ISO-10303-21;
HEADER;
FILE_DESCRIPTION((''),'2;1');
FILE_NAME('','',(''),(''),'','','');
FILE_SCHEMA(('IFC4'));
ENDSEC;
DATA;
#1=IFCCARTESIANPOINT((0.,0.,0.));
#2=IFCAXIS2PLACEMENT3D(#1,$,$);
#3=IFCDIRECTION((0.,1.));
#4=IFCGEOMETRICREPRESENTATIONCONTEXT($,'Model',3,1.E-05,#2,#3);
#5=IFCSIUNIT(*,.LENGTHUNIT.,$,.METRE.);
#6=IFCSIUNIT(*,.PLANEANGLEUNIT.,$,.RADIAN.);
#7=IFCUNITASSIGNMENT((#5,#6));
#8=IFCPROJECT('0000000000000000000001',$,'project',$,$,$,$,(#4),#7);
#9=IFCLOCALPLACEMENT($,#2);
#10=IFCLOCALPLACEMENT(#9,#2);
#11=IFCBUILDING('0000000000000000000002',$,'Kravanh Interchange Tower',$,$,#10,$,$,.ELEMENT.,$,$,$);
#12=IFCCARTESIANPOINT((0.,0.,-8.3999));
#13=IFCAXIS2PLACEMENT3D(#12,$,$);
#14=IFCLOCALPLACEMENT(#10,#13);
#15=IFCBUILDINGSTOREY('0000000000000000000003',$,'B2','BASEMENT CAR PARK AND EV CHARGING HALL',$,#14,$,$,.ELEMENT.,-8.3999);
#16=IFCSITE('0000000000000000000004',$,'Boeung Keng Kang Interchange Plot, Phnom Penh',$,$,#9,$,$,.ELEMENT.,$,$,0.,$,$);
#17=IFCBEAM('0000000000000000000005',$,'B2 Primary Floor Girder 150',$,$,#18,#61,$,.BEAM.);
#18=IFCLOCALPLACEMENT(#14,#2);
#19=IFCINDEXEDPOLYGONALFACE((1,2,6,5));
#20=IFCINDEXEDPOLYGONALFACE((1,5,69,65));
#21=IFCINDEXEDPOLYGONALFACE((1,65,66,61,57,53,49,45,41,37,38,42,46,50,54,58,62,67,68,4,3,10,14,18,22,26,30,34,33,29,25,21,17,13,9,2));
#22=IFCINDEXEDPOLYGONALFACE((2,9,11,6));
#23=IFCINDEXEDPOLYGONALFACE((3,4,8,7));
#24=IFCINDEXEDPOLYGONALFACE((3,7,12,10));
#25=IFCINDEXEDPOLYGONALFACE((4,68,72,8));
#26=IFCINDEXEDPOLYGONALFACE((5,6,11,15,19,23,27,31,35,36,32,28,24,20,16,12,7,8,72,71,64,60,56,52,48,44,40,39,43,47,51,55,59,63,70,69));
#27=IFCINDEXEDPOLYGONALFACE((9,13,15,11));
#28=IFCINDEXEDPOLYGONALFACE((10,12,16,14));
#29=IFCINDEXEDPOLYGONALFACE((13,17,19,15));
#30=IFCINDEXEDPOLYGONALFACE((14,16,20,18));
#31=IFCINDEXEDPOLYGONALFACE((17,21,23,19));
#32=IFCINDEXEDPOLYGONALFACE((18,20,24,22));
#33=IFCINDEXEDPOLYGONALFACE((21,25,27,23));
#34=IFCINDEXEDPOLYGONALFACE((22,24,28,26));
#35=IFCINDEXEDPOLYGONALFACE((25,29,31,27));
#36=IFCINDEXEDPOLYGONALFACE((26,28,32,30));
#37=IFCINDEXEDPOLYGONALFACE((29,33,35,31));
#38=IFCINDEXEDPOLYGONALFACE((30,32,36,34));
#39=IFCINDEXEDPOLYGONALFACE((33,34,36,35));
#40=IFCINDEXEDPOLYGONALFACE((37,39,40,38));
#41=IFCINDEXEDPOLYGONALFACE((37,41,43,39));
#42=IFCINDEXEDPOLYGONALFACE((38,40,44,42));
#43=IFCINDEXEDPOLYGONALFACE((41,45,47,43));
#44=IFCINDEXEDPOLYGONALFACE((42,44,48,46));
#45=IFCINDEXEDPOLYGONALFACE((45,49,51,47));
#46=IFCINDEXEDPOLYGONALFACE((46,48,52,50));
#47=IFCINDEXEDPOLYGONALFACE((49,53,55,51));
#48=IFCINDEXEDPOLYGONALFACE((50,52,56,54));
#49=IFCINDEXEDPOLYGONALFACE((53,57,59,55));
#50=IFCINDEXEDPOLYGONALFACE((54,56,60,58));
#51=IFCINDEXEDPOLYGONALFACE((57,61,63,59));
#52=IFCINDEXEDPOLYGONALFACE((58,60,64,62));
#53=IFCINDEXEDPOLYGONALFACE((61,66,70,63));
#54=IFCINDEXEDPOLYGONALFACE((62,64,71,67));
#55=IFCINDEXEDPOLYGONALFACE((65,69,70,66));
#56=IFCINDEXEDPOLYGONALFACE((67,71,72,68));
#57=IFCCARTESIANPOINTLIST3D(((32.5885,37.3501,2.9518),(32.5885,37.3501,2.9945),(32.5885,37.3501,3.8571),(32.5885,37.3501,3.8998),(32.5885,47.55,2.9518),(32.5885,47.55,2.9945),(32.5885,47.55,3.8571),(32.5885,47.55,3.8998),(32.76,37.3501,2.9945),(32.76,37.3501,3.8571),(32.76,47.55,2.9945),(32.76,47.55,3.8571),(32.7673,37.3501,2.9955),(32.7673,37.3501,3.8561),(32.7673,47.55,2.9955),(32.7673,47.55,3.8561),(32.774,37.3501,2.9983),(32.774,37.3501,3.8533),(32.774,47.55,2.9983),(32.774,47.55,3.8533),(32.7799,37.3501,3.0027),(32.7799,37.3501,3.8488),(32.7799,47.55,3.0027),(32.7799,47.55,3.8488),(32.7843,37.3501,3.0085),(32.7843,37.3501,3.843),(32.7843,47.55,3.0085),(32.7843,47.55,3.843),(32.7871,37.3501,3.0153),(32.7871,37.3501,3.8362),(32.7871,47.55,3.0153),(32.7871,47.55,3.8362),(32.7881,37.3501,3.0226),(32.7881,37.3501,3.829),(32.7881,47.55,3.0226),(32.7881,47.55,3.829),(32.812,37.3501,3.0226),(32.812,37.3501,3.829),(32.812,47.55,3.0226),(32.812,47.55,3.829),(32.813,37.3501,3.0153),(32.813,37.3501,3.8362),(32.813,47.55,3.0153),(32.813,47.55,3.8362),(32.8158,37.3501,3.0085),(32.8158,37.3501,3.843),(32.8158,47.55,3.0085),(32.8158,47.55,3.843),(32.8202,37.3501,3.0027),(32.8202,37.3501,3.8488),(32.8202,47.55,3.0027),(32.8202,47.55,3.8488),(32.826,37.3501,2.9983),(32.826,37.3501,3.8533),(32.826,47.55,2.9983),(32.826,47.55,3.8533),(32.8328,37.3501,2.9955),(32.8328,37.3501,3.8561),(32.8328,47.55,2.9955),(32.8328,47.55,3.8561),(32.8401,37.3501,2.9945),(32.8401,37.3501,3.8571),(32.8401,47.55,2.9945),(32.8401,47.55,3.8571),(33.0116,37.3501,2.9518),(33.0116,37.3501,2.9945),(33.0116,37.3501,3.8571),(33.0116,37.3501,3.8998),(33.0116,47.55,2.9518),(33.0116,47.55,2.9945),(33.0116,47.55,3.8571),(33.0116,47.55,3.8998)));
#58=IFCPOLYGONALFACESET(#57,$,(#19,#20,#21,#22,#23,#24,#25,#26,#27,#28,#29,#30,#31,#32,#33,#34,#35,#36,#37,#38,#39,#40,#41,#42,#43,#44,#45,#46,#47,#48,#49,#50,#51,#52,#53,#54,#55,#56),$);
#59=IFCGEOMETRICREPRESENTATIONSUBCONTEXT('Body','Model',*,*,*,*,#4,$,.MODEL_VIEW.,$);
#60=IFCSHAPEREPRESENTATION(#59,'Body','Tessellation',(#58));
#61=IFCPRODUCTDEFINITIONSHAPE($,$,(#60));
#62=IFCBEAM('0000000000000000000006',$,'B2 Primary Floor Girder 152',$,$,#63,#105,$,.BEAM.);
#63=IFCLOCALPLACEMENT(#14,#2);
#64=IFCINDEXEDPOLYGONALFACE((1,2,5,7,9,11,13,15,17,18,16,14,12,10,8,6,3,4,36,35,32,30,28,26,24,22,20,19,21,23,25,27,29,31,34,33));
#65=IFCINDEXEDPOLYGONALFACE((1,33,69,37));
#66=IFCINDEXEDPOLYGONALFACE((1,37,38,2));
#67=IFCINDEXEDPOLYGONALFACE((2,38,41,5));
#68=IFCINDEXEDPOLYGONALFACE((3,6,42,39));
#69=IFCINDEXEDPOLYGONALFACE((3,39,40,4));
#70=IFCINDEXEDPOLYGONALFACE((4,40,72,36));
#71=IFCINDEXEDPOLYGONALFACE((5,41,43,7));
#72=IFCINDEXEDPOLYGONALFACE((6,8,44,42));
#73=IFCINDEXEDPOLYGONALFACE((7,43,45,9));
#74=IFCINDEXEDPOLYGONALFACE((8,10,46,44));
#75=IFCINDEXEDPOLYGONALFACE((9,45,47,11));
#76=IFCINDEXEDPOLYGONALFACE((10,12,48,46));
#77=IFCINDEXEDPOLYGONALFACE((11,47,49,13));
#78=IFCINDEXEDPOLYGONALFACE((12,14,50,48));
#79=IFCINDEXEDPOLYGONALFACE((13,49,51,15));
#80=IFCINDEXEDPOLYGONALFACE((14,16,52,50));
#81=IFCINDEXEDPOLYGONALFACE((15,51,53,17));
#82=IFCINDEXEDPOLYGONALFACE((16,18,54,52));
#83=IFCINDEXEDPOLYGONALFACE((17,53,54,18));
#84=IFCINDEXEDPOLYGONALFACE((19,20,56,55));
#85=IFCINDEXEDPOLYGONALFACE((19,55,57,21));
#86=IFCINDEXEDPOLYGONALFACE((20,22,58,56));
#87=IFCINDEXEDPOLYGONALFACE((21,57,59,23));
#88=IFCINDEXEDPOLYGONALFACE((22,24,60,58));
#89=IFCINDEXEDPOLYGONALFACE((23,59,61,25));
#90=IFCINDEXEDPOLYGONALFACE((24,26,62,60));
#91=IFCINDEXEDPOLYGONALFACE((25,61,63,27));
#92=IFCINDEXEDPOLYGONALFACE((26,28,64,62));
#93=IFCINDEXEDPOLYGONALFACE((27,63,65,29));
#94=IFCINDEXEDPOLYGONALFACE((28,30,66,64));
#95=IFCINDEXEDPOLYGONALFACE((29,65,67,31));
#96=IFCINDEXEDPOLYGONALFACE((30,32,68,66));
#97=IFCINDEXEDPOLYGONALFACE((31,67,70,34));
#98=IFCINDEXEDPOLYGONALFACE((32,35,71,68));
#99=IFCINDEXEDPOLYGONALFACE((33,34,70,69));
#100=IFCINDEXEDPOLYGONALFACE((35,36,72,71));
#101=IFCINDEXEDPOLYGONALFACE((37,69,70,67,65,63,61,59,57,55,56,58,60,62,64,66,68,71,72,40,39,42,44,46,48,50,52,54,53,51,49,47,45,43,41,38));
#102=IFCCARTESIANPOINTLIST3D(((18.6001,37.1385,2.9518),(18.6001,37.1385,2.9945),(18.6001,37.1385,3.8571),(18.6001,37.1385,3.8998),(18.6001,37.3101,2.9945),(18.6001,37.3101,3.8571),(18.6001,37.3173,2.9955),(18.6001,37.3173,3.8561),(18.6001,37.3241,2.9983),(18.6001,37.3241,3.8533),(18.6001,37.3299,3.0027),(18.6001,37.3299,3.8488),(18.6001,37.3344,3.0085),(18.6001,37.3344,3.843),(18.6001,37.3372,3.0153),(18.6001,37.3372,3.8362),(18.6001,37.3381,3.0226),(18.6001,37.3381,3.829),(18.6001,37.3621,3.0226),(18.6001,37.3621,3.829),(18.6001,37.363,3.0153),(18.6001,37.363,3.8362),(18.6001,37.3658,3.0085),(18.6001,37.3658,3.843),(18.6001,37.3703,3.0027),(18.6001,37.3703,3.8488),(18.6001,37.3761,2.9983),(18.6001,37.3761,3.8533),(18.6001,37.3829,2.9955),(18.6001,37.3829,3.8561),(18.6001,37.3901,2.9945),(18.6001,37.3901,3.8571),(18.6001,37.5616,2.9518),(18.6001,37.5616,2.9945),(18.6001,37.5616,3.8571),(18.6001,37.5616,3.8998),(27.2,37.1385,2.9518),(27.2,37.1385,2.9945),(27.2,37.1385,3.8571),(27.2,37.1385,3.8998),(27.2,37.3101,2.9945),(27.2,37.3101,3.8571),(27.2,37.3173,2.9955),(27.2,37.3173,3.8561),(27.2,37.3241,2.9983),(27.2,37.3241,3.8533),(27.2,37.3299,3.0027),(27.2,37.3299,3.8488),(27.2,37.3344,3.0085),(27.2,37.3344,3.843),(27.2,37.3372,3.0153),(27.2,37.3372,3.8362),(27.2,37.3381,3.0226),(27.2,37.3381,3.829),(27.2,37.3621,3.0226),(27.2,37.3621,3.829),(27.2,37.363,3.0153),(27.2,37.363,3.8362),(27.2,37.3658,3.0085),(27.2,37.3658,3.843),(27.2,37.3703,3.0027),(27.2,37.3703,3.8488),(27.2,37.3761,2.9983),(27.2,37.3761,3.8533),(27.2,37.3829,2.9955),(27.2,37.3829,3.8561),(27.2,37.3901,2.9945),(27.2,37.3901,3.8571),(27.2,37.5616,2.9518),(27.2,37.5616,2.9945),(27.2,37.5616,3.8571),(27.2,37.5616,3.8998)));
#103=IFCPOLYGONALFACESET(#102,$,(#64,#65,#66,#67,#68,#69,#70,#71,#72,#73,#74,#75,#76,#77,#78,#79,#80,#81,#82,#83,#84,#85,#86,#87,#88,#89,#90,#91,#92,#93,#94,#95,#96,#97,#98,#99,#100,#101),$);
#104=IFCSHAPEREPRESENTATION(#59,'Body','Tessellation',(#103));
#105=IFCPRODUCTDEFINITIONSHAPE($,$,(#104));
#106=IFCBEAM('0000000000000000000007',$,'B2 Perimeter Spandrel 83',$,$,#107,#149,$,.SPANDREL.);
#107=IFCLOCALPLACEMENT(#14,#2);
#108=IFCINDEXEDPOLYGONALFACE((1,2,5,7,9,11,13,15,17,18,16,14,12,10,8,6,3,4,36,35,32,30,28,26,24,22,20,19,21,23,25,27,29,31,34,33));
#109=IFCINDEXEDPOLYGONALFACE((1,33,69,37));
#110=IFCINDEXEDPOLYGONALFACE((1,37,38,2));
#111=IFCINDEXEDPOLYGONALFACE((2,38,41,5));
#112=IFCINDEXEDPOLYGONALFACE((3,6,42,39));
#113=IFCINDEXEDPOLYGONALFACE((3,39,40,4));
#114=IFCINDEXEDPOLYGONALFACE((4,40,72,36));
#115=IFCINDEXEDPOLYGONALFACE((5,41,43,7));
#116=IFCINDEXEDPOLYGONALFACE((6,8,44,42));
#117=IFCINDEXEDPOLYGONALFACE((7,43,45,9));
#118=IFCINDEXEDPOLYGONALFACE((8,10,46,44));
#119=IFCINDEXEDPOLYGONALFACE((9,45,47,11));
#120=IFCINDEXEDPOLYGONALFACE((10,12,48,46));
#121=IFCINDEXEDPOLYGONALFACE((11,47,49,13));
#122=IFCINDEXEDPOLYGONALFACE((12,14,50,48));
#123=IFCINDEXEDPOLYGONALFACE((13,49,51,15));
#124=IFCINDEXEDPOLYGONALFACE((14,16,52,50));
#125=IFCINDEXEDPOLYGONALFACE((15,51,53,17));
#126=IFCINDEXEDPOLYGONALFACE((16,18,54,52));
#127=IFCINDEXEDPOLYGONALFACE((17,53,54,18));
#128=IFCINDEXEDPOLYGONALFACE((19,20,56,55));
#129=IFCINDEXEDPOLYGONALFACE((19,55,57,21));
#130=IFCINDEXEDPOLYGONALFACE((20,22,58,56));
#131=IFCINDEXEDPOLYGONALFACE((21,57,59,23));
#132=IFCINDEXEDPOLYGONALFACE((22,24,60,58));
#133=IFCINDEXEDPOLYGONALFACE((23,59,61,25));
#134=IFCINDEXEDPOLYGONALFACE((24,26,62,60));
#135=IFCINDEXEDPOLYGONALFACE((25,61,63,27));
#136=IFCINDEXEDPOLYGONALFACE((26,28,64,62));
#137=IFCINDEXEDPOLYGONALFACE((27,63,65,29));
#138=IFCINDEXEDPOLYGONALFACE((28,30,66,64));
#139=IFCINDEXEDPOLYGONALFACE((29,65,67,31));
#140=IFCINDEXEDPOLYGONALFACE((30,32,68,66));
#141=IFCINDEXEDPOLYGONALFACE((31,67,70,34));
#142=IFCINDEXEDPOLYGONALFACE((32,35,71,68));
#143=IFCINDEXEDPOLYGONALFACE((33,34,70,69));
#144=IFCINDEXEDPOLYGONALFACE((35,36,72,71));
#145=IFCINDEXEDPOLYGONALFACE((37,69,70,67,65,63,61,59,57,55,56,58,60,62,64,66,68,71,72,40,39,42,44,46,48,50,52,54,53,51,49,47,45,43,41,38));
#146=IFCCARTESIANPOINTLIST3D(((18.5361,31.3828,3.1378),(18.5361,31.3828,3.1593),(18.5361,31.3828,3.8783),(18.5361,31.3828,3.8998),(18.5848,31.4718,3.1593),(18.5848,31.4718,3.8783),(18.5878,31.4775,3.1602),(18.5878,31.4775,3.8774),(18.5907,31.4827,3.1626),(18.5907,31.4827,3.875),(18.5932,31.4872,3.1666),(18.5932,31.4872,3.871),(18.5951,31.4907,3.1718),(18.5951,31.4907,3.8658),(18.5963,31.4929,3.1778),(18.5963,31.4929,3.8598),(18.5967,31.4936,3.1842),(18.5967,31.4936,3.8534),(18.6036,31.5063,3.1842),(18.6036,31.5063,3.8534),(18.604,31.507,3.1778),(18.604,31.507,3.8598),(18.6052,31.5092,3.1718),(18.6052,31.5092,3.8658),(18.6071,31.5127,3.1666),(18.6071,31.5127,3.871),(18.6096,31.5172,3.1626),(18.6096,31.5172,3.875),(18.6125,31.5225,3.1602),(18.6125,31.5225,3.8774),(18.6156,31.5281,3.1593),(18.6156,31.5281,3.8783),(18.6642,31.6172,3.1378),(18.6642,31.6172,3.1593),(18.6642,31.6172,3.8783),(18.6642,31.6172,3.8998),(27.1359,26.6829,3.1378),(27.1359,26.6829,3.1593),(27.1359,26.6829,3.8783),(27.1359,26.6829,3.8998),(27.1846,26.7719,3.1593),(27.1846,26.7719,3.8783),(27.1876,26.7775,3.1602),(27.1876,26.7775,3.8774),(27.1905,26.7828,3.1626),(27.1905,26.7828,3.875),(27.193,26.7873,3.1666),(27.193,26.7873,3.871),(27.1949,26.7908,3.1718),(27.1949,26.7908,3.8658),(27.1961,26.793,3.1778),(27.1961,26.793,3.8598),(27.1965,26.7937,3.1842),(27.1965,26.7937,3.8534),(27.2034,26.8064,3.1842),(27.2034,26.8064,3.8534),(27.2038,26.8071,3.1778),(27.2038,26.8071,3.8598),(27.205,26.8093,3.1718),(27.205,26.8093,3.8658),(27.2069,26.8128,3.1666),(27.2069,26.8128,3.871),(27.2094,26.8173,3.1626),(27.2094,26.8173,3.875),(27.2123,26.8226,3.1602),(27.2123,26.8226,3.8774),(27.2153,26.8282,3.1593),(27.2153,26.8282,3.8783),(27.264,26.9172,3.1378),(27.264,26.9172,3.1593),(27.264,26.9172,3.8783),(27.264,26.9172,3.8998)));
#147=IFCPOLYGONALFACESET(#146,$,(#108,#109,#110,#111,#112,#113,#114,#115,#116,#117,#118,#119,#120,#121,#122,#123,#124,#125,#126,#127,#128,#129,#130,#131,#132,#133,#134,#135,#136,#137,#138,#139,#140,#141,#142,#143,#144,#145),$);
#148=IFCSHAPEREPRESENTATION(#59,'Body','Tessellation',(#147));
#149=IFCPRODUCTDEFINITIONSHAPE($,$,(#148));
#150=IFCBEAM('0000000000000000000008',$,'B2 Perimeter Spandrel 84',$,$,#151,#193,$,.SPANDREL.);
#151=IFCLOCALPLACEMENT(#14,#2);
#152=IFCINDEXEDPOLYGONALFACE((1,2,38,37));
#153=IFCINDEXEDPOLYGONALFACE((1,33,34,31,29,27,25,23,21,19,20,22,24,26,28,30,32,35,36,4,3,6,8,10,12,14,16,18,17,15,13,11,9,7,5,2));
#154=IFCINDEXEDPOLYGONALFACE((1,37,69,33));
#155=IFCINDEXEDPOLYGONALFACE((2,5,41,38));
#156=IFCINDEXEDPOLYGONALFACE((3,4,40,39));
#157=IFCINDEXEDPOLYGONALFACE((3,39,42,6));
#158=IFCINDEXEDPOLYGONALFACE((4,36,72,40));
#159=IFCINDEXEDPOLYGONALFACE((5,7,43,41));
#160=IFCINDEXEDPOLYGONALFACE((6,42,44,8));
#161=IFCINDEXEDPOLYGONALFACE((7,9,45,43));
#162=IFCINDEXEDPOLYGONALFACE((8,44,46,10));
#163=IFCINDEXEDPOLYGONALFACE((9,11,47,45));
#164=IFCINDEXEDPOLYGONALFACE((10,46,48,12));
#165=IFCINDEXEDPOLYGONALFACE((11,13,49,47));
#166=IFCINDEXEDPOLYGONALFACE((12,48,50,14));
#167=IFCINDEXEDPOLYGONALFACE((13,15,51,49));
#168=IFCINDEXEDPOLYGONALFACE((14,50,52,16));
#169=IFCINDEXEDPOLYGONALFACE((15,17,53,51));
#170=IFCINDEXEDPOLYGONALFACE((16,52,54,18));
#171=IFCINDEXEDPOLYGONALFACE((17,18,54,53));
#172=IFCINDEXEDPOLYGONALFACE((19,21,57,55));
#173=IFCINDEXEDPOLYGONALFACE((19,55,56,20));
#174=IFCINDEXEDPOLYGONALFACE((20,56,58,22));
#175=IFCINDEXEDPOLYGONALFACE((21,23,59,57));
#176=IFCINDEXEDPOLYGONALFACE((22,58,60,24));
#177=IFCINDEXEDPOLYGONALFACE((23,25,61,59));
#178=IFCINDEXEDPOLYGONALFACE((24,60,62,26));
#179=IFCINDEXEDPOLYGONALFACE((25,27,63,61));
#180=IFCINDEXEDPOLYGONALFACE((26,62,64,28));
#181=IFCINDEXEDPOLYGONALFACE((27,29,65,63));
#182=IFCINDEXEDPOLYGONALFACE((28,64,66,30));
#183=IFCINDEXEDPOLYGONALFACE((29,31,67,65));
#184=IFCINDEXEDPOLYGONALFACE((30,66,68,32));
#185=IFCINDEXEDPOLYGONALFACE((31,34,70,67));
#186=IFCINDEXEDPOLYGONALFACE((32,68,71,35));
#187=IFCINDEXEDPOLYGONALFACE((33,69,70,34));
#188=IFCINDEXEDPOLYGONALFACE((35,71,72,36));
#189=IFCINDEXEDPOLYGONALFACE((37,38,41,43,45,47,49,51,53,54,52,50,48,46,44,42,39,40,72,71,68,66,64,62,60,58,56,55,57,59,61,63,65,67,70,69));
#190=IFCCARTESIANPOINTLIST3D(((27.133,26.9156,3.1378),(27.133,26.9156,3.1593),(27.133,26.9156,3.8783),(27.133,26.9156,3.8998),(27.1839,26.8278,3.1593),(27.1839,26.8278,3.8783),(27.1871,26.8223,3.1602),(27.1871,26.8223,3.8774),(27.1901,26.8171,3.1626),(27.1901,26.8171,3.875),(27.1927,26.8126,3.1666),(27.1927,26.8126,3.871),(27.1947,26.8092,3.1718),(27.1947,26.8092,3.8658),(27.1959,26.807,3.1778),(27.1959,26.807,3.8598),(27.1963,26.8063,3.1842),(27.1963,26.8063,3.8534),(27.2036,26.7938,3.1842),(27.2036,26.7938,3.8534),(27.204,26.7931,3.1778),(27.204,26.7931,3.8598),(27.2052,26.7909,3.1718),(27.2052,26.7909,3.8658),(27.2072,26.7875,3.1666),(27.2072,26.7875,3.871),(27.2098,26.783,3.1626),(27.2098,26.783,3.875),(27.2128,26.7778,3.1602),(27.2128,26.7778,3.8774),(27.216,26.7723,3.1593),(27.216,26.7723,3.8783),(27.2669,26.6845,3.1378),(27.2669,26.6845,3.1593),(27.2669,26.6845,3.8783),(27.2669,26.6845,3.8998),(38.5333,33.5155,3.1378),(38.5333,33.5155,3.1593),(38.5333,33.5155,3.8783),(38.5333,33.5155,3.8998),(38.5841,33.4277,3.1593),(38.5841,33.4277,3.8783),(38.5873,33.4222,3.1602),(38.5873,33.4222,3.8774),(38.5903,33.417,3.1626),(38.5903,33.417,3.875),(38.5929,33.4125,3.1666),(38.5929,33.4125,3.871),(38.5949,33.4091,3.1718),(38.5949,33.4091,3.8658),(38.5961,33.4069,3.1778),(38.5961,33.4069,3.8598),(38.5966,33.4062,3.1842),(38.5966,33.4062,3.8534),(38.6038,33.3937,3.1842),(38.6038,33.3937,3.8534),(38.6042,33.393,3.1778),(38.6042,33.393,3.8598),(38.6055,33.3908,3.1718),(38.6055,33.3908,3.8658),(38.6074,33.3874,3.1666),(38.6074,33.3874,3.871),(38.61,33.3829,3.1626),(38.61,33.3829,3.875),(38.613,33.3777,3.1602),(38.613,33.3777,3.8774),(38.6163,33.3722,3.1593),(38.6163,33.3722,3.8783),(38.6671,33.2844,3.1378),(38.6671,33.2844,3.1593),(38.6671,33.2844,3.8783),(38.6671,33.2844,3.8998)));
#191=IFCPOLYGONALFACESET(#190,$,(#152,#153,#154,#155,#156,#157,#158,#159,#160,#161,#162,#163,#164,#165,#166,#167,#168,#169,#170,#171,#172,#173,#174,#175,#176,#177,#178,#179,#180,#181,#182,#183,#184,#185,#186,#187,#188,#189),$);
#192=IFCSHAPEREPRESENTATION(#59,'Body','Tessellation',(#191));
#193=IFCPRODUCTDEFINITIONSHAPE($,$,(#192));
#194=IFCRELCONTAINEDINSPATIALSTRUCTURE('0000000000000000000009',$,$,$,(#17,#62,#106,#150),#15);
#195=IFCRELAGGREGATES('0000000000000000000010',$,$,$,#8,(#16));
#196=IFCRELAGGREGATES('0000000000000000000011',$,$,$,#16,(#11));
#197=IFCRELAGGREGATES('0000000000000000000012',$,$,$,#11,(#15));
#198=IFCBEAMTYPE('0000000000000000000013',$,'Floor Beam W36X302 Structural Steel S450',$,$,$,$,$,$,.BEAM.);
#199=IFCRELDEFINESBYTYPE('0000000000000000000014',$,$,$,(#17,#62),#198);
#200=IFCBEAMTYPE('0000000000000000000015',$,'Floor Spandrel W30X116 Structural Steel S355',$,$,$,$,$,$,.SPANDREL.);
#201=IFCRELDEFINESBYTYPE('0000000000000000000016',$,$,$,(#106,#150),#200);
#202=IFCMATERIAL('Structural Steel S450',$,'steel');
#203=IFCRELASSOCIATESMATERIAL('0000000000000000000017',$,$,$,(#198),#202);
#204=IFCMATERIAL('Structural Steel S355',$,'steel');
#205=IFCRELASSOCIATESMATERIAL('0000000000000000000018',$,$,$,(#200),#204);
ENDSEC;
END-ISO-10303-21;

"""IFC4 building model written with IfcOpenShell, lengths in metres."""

from ifc_helpers import new_model, si_unit, direction, frame, origin, origin_2d, place, context, subcontext, project, spatial, i_section, extrude, material, material_profile, profile_set, type_object, element, save


model = new_model("IFC4")

# Units and contexts
model_context = context("Model", 3, precision=1e-05, world=origin(), true_north=direction((0.0, 1.0)))
body_context = subcontext(model_context, "Body", "Model", "MODEL_VIEW")
ifc_project = project(units=[si_unit("LENGTHUNIT", "METRE"), si_unit("PLANEANGLEUNIT", "RADIAN")], contexts=[model_context])

# Site, building, storey
site_placement = place(None, origin())
site = spatial("IfcSite", under=ifc_project, at=site_placement, Name="Boeung Keng Kang Interchange Plot, Phnom Penh", CompositionType="ELEMENT", RefElevation=0.0)
building_placement = place(site_placement, origin())
building = spatial("IfcBuilding", under=site, at=building_placement, Name="Kravanh Interchange Tower", CompositionType="ELEMENT")
storey_placement = place(building_placement, frame((0.0, 0.0, -8.3999)))
storey = spatial("IfcBuildingStorey", under=building, at=storey_placement, Name="B2", Description="BASEMENT CAR PARK AND EV CHARGING HALL", CompositionType="ELEMENT", Elevation=-8.3999)

# Beams
ifc_material_1 = material(Name="Structural Steel S450", Category="steel")
ifc_material_profile_1 = material_profile(ifc_material_1, i_section(OverallWidth=0.4231, OverallDepth=0.948, WebThickness=0.0239, FlangeThickness=0.0427, FilletRadius=0.0281, at=origin_2d()), Name="W36X302")
ifc_profile_set_1 = profile_set([ifc_material_profile_1], Name="Structural Steel S450")
beam_type_1 = type_object("IfcBeamType", Name="Floor Beam W36X302 Structural Steel S450", PredefinedType="BEAM", material=ifc_profile_set_1)
beam_1_placement = place(storey_placement, frame((32.8, 37.3501, 3.4258), z_axis=(0.0, 1.0, 0.0), x_axis=(-1.0, 0.0, 0.0)))
element("IfcBeam", 1, at=beam_1_placement, inside=storey, type_object=beam_type_1, Name="B2 Primary Floor Girder 150", PredefinedType="BEAM", context=body_context, shape_type="SweptSolid", body=[
    extrude(i_section(OverallWidth=0.4231, OverallDepth=0.948, WebThickness=0.0239, FlangeThickness=0.0427, FilletRadius=0.0281, at=origin_2d()), origin(), (0.0, 0.0, 1.0), 10.2),
])
beam_2_placement = place(storey_placement, frame((27.2, 37.3501, 3.4258), z_axis=(-1.0, 0.0, 0.0), x_axis=(0.0, -1.0, 0.0)))
element("IfcBeam", 2, at=beam_2_placement, inside=storey, type_object=beam_type_1, Name="B2 Primary Floor Girder 152", PredefinedType="BEAM", context=body_context, shape_type="SweptSolid", body=[
    extrude(i_section(OverallWidth=0.4231, OverallDepth=0.948, WebThickness=0.0239, FlangeThickness=0.0427, FilletRadius=0.0281, at=origin_2d()), origin(), (0.0, 0.0, 1.0), 8.5999),
])
ifc_material_2 = material(Name="Structural Steel S355", Category="steel")
ifc_material_profile_2 = material_profile(ifc_material_2, i_section(OverallWidth=0.2671, OverallDepth=0.762, WebThickness=0.0144, FlangeThickness=0.0215, FilletRadius=0.0249, at=origin_2d()), Name="W30X116")
ifc_profile_set_2 = profile_set([ifc_material_profile_2], Name="Structural Steel S355")
beam_type_2 = type_object("IfcBeamType", Name="Floor Spandrel W30X116 Structural Steel S355", PredefinedType="SPANDREL", material=ifc_profile_set_2)
beam_3_placement = place(storey_placement, frame((27.2, 26.8, 3.5188), z_axis=(-0.877504, 0.479569, 0.0), x_axis=(-0.479569, -0.877504, 0.0)))
element("IfcBeam", 3, at=beam_3_placement, inside=storey, type_object=beam_type_2, Name="B2 Perimeter Spandrel 83", PredefinedType="SPANDREL", context=body_context, shape_type="SweptSolid", body=[
    extrude(i_section(OverallWidth=0.2671, OverallDepth=0.762, WebThickness=0.0144, FlangeThickness=0.0215, FilletRadius=0.0249, at=origin_2d()), origin(), (0.0, 0.0, 1.0), 9.8003),
])
beam_4_placement = place(storey_placement, frame((27.2, 26.8, 3.5188), z_axis=(0.865434, 0.501023, 0.0), x_axis=(-0.501023, 0.865434, 0.0)))
element("IfcBeam", 4, at=beam_4_placement, inside=storey, type_object=beam_type_2, Name="B2 Perimeter Spandrel 84", PredefinedType="SPANDREL", context=body_context, shape_type="SweptSolid", body=[
    extrude(i_section(OverallWidth=0.2671, OverallDepth=0.762, WebThickness=0.0144, FlangeThickness=0.0215, FilletRadius=0.0249, at=origin_2d()), origin(), (0.0, 0.0, 1.0), 13.1729),
])

save(model, "model.ifc")
